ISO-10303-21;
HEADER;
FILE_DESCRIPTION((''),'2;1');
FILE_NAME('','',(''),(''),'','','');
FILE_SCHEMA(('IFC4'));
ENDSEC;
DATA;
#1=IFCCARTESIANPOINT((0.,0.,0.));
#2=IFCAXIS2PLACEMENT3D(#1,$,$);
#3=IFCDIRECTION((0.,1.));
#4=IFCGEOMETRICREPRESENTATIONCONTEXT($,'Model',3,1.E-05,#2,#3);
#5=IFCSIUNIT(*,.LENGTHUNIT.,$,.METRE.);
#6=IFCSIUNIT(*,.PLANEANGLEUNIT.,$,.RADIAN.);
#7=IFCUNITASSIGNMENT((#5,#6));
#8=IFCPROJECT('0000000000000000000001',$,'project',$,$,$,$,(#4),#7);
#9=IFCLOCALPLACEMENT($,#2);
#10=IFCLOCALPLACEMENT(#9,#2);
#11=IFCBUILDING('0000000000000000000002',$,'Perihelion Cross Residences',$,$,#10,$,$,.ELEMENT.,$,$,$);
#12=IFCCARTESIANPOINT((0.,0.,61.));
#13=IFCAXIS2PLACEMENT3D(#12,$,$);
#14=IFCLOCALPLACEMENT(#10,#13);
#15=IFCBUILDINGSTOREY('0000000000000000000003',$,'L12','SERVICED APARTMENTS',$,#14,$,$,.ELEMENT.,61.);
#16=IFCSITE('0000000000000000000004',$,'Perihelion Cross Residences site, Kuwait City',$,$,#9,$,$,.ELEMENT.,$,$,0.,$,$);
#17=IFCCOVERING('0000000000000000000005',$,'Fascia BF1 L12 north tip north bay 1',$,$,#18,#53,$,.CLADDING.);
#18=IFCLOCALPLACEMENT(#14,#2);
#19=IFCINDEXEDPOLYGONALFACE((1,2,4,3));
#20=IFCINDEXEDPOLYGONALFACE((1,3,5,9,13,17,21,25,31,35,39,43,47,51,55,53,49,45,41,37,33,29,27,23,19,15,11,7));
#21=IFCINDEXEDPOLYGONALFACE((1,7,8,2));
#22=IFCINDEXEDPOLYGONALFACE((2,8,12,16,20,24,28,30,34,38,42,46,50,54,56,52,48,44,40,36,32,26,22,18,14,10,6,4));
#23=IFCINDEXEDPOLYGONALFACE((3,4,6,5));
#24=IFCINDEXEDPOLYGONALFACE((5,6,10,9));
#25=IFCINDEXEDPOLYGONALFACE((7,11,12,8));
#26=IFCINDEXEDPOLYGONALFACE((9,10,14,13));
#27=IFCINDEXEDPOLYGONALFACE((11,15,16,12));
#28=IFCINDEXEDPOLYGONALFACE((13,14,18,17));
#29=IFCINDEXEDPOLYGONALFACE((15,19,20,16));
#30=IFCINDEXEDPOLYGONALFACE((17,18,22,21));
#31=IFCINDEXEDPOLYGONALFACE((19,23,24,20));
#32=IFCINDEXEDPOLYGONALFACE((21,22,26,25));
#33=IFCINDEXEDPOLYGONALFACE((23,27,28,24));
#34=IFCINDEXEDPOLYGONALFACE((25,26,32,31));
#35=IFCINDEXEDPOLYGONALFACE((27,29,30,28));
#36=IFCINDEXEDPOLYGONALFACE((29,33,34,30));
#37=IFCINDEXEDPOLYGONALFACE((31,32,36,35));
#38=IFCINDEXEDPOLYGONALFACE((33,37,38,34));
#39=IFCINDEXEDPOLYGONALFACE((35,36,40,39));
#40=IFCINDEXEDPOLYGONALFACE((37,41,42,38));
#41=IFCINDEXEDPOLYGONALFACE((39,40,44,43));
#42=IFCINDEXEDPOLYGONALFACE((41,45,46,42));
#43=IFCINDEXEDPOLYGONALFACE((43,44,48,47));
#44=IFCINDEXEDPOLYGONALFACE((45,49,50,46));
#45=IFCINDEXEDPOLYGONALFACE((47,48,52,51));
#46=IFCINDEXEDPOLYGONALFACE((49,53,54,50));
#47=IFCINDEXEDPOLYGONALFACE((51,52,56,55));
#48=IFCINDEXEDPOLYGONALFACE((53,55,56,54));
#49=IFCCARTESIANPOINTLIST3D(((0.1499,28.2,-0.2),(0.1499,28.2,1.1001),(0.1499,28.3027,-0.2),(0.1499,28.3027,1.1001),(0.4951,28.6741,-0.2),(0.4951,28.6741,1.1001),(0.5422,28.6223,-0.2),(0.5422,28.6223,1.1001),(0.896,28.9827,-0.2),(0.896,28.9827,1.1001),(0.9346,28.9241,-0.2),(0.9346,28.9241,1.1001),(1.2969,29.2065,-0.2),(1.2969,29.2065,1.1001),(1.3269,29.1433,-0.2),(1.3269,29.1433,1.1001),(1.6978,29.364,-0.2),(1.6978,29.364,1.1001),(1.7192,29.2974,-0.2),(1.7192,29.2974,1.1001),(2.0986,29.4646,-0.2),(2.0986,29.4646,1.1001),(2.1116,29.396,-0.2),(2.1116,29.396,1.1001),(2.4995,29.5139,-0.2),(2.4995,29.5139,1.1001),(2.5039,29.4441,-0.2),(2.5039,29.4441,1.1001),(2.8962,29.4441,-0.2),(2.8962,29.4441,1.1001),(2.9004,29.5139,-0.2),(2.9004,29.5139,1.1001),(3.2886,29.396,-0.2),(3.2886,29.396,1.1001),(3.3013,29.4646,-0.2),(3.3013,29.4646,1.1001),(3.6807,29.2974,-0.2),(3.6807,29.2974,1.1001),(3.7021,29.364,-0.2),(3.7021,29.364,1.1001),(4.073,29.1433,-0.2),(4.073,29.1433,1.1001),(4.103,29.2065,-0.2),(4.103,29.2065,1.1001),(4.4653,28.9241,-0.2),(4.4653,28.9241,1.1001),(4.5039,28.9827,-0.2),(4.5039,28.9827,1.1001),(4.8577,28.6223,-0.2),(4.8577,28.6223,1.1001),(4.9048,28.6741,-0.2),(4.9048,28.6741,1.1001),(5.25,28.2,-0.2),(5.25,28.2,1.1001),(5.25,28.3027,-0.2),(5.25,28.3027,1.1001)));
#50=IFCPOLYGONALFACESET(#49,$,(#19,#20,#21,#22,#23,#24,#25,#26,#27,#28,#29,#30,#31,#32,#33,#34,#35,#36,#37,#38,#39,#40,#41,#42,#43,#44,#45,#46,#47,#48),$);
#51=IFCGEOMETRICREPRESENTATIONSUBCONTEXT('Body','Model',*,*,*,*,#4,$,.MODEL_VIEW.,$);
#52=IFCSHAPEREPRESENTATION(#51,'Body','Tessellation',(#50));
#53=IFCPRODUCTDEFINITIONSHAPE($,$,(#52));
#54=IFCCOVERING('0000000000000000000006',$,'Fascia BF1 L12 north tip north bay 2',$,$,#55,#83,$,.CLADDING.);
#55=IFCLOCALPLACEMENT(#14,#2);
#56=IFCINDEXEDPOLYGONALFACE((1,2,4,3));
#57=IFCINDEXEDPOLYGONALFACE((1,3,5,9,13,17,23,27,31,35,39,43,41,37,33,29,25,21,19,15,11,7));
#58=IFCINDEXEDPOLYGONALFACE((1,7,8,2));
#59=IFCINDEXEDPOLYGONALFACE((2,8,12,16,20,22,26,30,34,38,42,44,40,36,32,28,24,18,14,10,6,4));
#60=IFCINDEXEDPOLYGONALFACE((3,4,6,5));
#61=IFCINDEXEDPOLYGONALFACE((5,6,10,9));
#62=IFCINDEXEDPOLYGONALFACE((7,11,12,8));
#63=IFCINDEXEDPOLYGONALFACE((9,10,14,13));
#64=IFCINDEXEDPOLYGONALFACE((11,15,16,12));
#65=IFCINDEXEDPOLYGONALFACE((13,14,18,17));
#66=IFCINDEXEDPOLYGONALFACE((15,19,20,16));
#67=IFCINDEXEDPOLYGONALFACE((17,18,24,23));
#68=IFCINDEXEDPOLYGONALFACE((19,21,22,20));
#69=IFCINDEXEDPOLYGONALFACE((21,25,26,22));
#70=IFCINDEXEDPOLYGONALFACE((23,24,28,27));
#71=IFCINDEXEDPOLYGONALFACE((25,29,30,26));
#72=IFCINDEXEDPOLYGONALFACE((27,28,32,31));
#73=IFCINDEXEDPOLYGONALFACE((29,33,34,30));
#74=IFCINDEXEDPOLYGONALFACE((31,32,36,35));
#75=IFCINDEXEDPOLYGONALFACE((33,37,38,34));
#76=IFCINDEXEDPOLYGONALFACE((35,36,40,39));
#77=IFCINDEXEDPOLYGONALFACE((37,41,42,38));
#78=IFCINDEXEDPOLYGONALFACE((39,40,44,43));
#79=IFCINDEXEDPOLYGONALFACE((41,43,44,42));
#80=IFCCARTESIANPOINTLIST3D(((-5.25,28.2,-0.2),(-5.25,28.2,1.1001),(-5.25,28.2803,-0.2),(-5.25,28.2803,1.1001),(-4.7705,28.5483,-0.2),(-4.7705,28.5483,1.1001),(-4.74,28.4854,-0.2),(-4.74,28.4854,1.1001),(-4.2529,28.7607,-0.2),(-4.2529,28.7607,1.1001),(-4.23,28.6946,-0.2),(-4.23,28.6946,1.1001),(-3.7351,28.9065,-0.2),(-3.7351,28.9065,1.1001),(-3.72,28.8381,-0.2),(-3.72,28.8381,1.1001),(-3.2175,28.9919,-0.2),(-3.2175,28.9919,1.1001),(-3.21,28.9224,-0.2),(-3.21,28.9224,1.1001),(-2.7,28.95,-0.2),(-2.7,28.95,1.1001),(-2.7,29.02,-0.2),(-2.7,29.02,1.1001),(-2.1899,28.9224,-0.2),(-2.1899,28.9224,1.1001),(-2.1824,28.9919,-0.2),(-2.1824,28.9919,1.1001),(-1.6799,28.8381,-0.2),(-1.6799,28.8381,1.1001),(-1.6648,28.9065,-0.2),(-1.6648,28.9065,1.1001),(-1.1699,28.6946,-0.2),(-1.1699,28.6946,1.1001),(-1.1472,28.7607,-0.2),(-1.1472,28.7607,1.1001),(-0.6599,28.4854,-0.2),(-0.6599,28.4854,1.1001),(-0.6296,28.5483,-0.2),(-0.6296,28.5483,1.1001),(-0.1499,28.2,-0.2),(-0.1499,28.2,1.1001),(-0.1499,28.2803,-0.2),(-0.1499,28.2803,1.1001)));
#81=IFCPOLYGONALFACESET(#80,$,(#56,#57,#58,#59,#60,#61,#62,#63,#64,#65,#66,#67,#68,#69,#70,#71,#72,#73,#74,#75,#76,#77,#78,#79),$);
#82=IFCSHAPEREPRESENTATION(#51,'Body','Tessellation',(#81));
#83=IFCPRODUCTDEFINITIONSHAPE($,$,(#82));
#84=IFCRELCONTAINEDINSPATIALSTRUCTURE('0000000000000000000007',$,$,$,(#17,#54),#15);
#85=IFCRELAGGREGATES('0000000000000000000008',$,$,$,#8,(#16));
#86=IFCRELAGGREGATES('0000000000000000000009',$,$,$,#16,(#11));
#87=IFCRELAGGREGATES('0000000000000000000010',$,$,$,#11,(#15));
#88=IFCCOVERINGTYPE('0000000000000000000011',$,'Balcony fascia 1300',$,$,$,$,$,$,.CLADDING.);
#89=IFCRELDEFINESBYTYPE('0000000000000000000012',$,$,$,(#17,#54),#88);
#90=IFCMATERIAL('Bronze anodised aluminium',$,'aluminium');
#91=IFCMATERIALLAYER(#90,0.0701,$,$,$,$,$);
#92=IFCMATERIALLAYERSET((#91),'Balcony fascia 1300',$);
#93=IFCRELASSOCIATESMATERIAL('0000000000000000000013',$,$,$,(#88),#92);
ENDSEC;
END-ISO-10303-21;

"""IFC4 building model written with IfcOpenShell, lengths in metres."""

from ifc_helpers import new_model, si_unit, direction, frame, origin, place, context, subcontext, project, spatial, polyline, outline, extrude, material, layer, layer_set, type_object, element, save


model = new_model("IFC4")

# Units and contexts
model_context = context("Model", 3, precision=1e-05, world=origin(), true_north=direction((0.0, 1.0)))
body_context = subcontext(model_context, "Body", "Model", "MODEL_VIEW")
ifc_project = project(units=[si_unit("LENGTHUNIT", "METRE"), si_unit("PLANEANGLEUNIT", "RADIAN")], contexts=[model_context])

# Site, building, storey
site_placement = place(None, origin())
site = spatial("IfcSite", under=ifc_project, at=site_placement, Name="Perihelion Cross Residences site, Kuwait City", CompositionType="ELEMENT", RefElevation=0.0)
building_placement = place(site_placement, origin())
building = spatial("IfcBuilding", under=site, at=building_placement, Name="Perihelion Cross Residences", CompositionType="ELEMENT")
storey_placement = place(building_placement, frame((0.0, 0.0, 61.0)))
storey = spatial("IfcBuildingStorey", under=building, at=storey_placement, Name="L12", Description="SERVICED APARTMENTS", CompositionType="ELEMENT", Elevation=61.0)

# Coverings
ifc_material_1 = material(Name="Bronze anodised aluminium", Category="aluminium")
ifc_layer_1 = layer(ifc_material_1, 0.0701)
ifc_layer_set_1 = layer_set([ifc_layer_1], Name="Balcony fascia 1300")
covering_type = type_object("IfcCoveringType", Name="Balcony fascia 1300", PredefinedType="CLADDING", material=ifc_layer_set_1)
covering_1_placement = place(storey_placement, frame((0.0, 0.0, -0.2)))
element("IfcCovering", 1, at=covering_1_placement, inside=storey, type_object=covering_type, Name="Fascia BF1 L12 north tip north bay 1", PredefinedType="CLADDING", context=body_context, shape_type="SweptSolid", body=[
    extrude(outline(polyline([(4.9048, 28.6741), (4.5039, 28.9827), (4.103, 29.2065), (3.7021, 29.364), (3.3013, 29.4646), (2.9004, 29.5139), (2.4995, 29.5139), (2.0986, 29.4646), (1.6978, 29.364), (1.2969, 29.2065), (0.896, 28.9827), (0.4951, 28.6741), (0.1499, 28.3027), (0.1499, 28.2), (0.5422, 28.6223), (0.9346, 28.9241), (1.3269, 29.1433), (1.7192, 29.2974), (2.1116, 29.396), (2.5039, 29.4441), (2.8962, 29.4441), (3.2886, 29.396), (3.6807, 29.2974), (4.073, 29.1433), (4.4653, 28.9241), (4.8577, 28.6223), (5.25, 28.2), (5.25, 28.3027), (4.9048, 28.6741)])), origin(), (0.0, 0.0, 1.0), 1.3),
])
covering_2_placement = place(storey_placement, frame((0.0, 0.0, -0.2)))
element("IfcCovering", 2, at=covering_2_placement, inside=storey, type_object=covering_type, Name="Fascia BF1 L12 north tip north bay 2", PredefinedType="CLADDING", context=body_context, shape_type="SweptSolid", body=[
    extrude(outline(polyline([(-0.6296, 28.5483), (-1.1472, 28.7607), (-1.6648, 28.9065), (-2.1824, 28.9919), (-2.7, 29.02), (-3.2175, 28.9919), (-3.7351, 28.9065), (-4.2529, 28.7607), (-4.7705, 28.5483), (-5.25, 28.2803), (-5.25, 28.2), (-4.74, 28.4854), (-4.23, 28.6946), (-3.72, 28.8381), (-3.21, 28.9224), (-2.7, 28.95), (-2.1899, 28.9224), (-1.6799, 28.8381), (-1.1699, 28.6946), (-0.6599, 28.4854), (-0.1499, 28.2), (-0.1499, 28.2803), (-0.6296, 28.5483)])), origin(), (0.0, 0.0, 1.0), 1.3),
])

save(model, "model.ifc")
